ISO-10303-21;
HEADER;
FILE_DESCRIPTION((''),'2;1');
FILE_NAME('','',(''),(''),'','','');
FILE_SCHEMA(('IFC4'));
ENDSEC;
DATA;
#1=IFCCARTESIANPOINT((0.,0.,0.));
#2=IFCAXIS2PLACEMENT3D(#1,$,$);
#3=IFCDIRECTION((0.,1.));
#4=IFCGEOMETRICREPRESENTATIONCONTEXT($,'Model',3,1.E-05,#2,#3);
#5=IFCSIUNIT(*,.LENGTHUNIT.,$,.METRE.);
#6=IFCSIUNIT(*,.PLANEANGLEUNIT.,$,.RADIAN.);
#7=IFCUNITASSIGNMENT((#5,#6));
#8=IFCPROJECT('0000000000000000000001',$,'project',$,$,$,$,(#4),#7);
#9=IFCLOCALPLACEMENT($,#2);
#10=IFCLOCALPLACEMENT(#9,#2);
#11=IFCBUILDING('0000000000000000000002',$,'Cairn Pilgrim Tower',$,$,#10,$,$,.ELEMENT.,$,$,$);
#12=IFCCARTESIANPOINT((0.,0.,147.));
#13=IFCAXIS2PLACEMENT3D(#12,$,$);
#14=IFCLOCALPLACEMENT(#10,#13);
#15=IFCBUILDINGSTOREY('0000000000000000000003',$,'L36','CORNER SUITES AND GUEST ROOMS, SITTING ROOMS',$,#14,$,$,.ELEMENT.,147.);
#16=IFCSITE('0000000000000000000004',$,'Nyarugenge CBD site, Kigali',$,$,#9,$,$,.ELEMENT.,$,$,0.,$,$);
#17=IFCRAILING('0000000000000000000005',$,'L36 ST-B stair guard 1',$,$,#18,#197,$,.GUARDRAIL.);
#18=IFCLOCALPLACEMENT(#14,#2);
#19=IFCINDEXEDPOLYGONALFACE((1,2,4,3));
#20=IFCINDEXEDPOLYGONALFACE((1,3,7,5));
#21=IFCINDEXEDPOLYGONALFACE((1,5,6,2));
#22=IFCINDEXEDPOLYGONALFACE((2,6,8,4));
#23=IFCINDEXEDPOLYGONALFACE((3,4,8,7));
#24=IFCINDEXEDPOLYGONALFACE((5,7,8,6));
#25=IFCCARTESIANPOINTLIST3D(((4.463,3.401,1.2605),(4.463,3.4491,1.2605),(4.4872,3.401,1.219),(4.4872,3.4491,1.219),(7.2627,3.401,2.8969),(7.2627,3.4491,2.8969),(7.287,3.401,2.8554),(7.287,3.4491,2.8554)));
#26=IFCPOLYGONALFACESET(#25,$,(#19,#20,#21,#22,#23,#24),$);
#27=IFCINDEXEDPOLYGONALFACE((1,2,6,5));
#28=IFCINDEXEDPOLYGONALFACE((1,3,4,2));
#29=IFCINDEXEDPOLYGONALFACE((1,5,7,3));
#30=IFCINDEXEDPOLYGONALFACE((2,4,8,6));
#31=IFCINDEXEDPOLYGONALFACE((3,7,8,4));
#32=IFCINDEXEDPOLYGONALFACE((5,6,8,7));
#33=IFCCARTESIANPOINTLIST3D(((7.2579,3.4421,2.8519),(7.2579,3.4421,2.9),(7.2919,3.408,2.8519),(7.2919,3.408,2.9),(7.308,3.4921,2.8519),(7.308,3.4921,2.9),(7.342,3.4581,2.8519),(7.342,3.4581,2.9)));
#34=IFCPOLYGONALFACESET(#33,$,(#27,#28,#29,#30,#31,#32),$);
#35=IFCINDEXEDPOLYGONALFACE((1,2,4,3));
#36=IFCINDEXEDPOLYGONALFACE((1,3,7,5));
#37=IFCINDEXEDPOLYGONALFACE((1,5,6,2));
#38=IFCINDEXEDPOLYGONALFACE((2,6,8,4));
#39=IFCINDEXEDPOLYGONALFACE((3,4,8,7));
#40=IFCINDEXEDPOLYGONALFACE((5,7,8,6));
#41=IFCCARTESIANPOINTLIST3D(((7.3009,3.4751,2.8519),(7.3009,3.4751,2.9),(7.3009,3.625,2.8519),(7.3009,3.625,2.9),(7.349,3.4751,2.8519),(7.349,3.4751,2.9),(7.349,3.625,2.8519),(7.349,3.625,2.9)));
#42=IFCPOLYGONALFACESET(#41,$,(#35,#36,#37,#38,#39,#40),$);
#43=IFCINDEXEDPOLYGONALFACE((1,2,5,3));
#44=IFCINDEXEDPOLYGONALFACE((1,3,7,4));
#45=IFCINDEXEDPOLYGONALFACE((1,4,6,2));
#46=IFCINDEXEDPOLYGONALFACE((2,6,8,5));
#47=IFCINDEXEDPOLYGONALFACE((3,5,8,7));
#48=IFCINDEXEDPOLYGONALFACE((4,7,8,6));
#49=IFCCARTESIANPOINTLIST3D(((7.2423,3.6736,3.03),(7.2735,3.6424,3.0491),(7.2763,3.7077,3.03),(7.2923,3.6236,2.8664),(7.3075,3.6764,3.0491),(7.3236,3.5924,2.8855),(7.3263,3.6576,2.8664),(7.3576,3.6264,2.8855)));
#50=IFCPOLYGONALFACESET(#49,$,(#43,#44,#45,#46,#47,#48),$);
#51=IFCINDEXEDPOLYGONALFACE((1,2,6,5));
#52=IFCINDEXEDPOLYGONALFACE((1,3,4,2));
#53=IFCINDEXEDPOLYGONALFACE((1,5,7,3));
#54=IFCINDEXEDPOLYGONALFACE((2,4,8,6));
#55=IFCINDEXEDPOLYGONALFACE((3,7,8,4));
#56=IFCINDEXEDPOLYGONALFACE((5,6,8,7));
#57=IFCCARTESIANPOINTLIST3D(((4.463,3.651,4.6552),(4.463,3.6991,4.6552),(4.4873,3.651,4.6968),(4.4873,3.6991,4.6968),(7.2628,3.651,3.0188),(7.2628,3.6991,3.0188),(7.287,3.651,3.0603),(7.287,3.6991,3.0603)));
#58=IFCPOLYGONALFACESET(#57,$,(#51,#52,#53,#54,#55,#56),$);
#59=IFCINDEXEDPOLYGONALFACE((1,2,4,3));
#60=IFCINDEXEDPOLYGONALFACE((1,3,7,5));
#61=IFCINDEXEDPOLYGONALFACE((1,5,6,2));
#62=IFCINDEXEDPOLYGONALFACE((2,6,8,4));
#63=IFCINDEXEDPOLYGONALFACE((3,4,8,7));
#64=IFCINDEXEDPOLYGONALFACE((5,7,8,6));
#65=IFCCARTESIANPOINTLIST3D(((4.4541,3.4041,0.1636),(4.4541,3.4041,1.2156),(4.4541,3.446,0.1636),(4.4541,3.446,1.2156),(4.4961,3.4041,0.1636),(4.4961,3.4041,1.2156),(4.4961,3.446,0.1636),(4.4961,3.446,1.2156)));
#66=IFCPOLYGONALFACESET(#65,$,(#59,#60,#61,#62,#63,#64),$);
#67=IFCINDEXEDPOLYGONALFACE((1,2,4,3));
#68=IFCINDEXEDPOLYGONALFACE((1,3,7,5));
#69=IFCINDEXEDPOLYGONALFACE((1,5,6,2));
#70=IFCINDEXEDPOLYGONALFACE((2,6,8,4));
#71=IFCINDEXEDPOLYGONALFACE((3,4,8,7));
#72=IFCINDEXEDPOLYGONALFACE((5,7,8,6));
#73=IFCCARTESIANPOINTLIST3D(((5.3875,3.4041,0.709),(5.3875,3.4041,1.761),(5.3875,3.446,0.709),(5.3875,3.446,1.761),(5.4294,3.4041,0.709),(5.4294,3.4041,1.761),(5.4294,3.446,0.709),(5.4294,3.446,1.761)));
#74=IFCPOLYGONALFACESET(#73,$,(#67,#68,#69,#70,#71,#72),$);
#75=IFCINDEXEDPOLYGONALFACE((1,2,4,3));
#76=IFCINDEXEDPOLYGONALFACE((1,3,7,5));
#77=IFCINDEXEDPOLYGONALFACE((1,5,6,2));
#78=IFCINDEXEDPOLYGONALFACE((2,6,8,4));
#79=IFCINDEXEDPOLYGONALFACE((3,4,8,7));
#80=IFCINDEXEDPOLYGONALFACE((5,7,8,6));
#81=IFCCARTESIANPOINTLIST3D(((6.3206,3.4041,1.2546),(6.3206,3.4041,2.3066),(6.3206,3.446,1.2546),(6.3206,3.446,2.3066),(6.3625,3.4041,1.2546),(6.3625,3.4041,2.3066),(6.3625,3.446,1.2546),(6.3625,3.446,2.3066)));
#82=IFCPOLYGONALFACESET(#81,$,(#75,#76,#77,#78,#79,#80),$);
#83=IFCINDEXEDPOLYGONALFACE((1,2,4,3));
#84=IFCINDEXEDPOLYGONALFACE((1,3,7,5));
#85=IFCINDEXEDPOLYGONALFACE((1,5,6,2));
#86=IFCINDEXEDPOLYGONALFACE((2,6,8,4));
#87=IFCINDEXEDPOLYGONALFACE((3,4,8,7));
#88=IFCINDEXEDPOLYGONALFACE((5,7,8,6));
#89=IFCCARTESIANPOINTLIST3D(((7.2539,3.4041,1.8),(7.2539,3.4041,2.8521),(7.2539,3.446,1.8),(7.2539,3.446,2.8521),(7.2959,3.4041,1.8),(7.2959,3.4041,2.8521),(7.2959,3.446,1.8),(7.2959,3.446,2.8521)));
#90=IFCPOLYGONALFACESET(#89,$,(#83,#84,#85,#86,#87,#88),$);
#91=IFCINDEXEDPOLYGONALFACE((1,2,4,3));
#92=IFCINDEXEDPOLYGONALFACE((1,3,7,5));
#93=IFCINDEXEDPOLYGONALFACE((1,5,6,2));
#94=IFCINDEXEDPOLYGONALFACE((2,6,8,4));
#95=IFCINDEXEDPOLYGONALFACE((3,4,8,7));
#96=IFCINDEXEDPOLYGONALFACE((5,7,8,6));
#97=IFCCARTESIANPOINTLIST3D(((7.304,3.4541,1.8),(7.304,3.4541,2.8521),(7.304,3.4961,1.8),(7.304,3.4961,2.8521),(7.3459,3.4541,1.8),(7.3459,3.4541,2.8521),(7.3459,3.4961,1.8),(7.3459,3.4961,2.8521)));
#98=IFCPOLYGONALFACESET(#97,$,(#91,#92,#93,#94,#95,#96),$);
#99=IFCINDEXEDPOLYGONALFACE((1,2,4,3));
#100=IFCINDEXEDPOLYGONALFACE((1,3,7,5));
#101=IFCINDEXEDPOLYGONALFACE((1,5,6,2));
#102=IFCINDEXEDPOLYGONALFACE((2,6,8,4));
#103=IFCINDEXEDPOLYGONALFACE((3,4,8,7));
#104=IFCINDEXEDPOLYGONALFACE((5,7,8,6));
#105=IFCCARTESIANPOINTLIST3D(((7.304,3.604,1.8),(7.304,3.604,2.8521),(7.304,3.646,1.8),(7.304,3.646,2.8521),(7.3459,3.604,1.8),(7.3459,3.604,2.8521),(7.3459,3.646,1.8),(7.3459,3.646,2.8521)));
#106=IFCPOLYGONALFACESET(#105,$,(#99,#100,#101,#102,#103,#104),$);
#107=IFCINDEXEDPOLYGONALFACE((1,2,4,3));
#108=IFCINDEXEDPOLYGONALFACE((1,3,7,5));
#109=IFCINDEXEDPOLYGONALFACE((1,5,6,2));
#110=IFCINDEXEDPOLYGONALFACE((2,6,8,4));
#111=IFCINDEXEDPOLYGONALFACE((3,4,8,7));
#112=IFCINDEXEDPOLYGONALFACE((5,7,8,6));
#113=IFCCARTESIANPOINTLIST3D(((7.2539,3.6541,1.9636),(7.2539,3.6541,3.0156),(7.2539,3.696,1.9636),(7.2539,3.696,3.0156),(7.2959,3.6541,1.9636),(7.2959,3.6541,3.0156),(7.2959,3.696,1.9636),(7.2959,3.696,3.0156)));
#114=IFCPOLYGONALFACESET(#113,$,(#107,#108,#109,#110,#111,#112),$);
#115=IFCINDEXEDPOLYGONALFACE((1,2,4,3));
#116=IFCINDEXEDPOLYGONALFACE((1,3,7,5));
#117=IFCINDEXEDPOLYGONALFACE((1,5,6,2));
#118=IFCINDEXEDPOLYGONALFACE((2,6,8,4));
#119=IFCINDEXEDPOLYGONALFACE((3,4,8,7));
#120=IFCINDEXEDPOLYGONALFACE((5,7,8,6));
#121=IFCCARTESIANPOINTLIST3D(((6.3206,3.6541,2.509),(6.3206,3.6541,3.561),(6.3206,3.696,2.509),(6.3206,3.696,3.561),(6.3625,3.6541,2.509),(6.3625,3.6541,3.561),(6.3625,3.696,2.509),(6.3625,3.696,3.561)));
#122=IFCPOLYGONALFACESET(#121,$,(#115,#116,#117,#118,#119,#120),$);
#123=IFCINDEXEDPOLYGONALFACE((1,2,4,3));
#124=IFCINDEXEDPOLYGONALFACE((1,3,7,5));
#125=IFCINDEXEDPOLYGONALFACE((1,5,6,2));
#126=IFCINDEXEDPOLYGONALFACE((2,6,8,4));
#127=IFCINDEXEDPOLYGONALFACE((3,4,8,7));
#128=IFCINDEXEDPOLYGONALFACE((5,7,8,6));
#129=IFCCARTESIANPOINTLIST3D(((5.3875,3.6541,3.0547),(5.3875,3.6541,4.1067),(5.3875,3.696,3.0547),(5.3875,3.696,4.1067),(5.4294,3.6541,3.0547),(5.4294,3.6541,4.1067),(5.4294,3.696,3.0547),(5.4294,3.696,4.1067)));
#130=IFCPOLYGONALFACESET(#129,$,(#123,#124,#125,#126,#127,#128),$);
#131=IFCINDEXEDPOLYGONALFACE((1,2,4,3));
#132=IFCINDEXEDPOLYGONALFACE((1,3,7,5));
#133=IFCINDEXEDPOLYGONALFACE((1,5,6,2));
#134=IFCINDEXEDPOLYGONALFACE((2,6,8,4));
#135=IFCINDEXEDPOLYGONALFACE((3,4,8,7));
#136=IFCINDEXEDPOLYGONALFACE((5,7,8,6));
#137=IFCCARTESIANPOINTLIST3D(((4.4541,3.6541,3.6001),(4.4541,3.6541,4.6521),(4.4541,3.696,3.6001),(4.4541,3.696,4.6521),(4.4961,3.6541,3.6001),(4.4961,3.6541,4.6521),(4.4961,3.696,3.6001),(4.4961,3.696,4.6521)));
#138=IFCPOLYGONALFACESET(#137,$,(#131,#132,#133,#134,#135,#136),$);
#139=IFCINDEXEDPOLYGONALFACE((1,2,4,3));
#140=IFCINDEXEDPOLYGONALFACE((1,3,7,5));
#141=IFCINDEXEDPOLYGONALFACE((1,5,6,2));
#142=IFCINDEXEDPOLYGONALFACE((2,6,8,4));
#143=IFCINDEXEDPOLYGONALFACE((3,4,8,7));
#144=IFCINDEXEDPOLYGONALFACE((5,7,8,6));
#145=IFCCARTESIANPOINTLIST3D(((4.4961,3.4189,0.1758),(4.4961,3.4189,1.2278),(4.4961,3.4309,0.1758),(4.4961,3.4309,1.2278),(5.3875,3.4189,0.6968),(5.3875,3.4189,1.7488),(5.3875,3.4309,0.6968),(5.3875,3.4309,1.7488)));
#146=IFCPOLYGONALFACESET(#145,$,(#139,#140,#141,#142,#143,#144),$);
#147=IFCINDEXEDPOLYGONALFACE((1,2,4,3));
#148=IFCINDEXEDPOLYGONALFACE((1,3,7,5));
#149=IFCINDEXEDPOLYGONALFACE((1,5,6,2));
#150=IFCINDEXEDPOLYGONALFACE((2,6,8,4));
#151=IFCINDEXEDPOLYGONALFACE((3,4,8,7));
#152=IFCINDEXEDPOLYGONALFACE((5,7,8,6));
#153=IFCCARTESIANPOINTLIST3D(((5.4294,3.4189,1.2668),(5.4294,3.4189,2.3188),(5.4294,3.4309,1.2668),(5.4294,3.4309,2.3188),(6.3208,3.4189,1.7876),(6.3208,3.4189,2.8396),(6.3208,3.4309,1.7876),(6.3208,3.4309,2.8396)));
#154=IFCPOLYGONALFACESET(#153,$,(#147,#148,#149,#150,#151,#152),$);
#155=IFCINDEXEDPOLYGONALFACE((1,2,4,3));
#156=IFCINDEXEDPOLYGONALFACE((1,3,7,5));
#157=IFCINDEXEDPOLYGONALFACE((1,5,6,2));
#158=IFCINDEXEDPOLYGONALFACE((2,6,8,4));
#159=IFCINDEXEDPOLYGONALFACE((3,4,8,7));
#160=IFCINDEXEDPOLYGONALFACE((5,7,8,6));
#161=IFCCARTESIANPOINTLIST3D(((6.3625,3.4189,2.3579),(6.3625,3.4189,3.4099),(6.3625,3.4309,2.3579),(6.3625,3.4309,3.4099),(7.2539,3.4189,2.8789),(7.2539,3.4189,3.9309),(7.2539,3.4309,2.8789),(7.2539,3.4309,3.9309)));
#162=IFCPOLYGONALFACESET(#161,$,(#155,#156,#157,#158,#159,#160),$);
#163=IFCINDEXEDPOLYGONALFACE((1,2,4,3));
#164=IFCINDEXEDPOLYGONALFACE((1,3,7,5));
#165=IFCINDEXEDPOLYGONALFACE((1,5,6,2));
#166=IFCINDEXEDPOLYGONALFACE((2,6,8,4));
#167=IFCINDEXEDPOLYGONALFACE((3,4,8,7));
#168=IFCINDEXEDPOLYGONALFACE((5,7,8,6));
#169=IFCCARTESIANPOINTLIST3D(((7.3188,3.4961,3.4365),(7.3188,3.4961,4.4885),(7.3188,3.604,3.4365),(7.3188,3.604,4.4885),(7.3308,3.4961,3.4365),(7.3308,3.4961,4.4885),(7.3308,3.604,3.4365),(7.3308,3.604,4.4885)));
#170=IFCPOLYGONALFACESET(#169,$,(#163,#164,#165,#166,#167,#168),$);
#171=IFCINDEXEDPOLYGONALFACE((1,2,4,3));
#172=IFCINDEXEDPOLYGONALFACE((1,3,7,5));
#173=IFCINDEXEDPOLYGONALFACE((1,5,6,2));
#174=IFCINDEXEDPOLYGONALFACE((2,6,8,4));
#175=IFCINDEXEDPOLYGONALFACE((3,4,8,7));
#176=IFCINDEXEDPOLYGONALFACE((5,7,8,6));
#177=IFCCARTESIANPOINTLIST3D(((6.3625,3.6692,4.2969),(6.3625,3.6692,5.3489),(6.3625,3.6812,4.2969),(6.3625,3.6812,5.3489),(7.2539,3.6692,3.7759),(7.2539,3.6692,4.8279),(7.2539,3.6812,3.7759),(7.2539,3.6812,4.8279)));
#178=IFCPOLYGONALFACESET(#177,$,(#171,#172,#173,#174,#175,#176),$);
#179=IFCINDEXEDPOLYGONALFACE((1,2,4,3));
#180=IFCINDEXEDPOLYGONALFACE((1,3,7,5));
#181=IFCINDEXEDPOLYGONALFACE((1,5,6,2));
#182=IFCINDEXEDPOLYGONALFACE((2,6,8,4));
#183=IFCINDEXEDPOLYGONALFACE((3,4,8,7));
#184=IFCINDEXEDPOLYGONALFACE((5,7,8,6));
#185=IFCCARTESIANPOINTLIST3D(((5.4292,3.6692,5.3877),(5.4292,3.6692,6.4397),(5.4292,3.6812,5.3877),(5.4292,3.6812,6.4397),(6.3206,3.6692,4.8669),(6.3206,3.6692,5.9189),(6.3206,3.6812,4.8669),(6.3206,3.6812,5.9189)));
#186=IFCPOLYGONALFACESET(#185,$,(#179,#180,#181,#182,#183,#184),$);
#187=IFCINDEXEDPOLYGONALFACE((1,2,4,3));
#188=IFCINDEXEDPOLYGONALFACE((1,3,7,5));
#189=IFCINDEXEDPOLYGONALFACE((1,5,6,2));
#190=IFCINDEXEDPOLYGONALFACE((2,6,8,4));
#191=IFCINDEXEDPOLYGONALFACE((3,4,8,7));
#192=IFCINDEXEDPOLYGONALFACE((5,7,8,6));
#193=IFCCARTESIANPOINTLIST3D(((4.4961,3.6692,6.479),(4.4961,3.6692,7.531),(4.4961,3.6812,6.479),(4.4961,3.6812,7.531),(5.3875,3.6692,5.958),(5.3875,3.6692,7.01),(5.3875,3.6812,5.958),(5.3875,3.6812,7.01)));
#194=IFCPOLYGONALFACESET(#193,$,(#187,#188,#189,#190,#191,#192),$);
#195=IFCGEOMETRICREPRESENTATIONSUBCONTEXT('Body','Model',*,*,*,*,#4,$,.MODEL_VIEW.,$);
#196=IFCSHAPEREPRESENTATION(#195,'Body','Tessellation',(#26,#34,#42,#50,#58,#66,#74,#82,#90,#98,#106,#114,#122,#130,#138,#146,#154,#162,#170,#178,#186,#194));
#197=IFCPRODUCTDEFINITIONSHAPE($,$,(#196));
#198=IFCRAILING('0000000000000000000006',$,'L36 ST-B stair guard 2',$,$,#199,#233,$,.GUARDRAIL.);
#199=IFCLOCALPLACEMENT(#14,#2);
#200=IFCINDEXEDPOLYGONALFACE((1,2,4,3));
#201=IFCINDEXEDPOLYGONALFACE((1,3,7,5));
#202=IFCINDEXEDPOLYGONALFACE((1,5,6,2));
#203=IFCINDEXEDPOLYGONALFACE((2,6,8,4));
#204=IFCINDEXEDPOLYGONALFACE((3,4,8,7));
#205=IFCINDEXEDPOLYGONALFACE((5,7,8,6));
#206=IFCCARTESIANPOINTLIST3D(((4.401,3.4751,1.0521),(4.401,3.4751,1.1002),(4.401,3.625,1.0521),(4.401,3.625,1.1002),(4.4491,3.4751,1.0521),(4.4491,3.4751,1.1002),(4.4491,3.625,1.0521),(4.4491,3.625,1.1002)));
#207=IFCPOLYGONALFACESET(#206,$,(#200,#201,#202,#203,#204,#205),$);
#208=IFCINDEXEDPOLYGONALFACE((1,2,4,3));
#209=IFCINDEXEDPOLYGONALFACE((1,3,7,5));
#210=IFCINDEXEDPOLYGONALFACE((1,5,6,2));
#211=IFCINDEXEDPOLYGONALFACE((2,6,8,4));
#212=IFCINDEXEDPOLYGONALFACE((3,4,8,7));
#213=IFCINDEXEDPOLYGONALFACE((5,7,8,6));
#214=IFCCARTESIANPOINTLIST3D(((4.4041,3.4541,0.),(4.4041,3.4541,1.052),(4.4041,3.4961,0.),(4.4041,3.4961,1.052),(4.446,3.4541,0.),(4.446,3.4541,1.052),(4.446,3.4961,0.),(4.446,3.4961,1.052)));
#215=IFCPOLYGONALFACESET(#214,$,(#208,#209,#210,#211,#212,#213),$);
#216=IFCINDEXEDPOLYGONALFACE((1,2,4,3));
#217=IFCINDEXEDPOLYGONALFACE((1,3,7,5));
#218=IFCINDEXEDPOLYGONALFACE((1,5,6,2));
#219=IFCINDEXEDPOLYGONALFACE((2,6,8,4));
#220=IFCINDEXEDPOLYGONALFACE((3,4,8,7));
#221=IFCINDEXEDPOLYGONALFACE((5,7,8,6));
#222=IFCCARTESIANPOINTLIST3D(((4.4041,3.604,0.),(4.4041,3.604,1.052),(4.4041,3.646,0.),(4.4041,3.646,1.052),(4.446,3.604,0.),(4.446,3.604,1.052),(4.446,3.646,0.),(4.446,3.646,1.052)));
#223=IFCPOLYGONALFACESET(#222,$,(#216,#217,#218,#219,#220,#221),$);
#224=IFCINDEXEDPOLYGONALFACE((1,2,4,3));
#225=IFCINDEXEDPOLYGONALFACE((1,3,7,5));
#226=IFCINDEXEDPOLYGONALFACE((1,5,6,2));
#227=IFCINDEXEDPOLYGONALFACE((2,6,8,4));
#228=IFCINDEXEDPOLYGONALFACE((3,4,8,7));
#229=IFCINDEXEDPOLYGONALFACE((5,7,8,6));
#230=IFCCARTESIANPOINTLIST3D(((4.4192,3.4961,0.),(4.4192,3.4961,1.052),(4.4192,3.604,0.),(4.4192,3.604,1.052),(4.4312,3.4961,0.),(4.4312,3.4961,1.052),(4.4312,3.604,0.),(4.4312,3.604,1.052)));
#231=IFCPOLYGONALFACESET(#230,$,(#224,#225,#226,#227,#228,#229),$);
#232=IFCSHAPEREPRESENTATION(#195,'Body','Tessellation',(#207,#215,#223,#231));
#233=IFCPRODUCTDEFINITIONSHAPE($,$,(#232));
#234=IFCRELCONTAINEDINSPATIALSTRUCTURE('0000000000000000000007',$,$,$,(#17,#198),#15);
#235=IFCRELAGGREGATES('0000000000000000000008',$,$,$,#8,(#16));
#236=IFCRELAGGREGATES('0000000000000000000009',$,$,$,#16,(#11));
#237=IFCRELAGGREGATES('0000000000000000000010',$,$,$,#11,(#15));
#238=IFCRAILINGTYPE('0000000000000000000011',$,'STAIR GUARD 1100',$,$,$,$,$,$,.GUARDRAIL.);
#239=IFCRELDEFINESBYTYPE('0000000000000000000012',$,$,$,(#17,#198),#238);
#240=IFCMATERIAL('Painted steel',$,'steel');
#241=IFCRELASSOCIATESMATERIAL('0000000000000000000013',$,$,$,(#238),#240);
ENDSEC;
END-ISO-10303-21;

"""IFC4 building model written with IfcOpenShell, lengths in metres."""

from ifc_helpers import new_model, si_unit, direction, frame, origin, origin_2d, place, context, subcontext, project, spatial, polyline, rectangle, outline, extrude, material, type_object, element, save


model = new_model("IFC4")

# Units and contexts
model_context = context("Model", 3, precision=1e-05, world=origin(), true_north=direction((0.0, 1.0)))
body_context = subcontext(model_context, "Body", "Model", "MODEL_VIEW")
ifc_project = project(units=[si_unit("LENGTHUNIT", "METRE"), si_unit("PLANEANGLEUNIT", "RADIAN")], contexts=[model_context])

# Site, building, storey
site_placement = place(None, origin())
site = spatial("IfcSite", under=ifc_project, at=site_placement, Name="Nyarugenge CBD site, Kigali", CompositionType="ELEMENT", RefElevation=0.0)
building_placement = place(site_placement, origin())
building = spatial("IfcBuilding", under=site, at=building_placement, Name="Cairn Pilgrim Tower", CompositionType="ELEMENT")
storey_placement = place(building_placement, frame((0.0, 0.0, 147.0)))
storey = spatial("IfcBuildingStorey", under=building, at=storey_placement, Name="L36", Description="CORNER SUITES AND GUEST ROOMS, SITTING ROOMS", CompositionType="ELEMENT", Elevation=147.0)

# Shared definitions
ifc_material_1 = material(Name="Painted steel", Category="steel")

# Railings
railing_type = type_object("IfcRailingType", Name="STAIR GUARD 1100", PredefinedType="GUARDRAIL", material=ifc_material_1)
railing_1_placement = place(storey_placement, frame((4.4751, 3.425, 0.1636)))
element("IfcRailing", 1, at=railing_1_placement, inside=storey, type_object=railing_type, Name="L36 ST-B stair guard 1", PredefinedType="GUARDRAIL", context=body_context, shape_type="SweptSolid", body=[
    extrude(rectangle(XDim=0.0481, YDim=0.0481, at=origin_2d()), frame((0.0, 0.0, 1.0762), z_axis=(0.863342, 0.0, 0.50462), x_axis=(0.0, 1.0, 0.0)), (0.0, 0.0, 1.0), 3.2429),
    extrude(rectangle(XDim=0.0481, YDim=0.0481, at=origin_2d()), frame((2.7998, 0.0, 2.7124), z_axis=(0.707107, 0.707107, 0.0), x_axis=(-0.707107, 0.707107, 0.0)), (0.0, 0.0, 1.0), 0.0708),
    extrude(rectangle(XDim=0.0481, YDim=0.0481, at=origin_2d()), frame((2.8499, 0.05, 2.7124), z_axis=(0.0, 1.0, 0.0), x_axis=(-1.0, 0.0, 0.0)), (0.0, 0.0, 1.0), 0.1499),
    extrude(rectangle(XDim=0.0481, YDim=0.0481, at=origin_2d()), frame((2.8499, 0.2, 2.7124), z_axis=(-0.280809, 0.280809, 0.917765), x_axis=(-0.707107, -0.707107, 0.0)), (0.0, 0.0, 1.0), 0.1782),
    extrude(rectangle(XDim=0.0481, YDim=0.0481, at=origin_2d()), frame((2.7998, 0.25, 2.876), z_axis=(-0.863342, 0.0, 0.50462), x_axis=(0.0, -1.0, 0.0)), (0.0, 0.0, 1.0), 3.2429),
    extrude(rectangle(XDim=0.042, YDim=0.042, at=origin_2d()), origin(), (0.0, 0.0, 1.0), 1.052),
    extrude(rectangle(XDim=0.042, YDim=0.042, at=origin_2d()), frame((0.9333, 0.0, 0.5454)), (0.0, 0.0, 1.0), 1.052),
    extrude(rectangle(XDim=0.042, YDim=0.042, at=origin_2d()), frame((1.8665, 0.0, 1.0911)), (0.0, 0.0, 1.0), 1.052),
    extrude(rectangle(XDim=0.042, YDim=0.042, at=origin_2d()), frame((2.7998, 0.0, 1.6365)), (0.0, 0.0, 1.0), 1.052),
    extrude(rectangle(XDim=0.042, YDim=0.042, at=origin_2d()), frame((2.8499, 0.05, 1.6365)), (0.0, 0.0, 1.0), 1.052),
    extrude(rectangle(XDim=0.042, YDim=0.042, at=origin_2d()), frame((2.8499, 0.2, 1.6365)), (0.0, 0.0, 1.0), 1.052),
    extrude(rectangle(XDim=0.042, YDim=0.042, at=origin_2d()), frame((2.7998, 0.25, 1.8)), (0.0, 0.0, 1.0), 1.052),
    extrude(rectangle(XDim=0.042, YDim=0.042, at=origin_2d()), frame((1.8665, 0.25, 2.3455)), (0.0, 0.0, 1.0), 1.052),
    extrude(rectangle(XDim=0.042, YDim=0.042, at=origin_2d()), frame((0.9333, 0.25, 2.8911)), (0.0, 0.0, 1.0), 1.052),
    extrude(rectangle(XDim=0.042, YDim=0.042, at=origin_2d()), frame((0.0, 0.25, 3.4365)), (0.0, 0.0, 1.0), 1.052),
    extrude(outline(polyline([(0.021, 0.0122), (0.9124, 0.5332), (0.9124, 1.5852), (0.021, 1.0642), (0.021, 0.0122)])), frame((0.0, 0.0059, 0.0), z_axis=(0.0, -1.0, 0.0), x_axis=(1.0, 0.0, 0.0)), (0.0, 0.0, 1.0), 0.012),
    extrude(outline(polyline([(0.021, 0.5579), (0.9124, 1.0786), (0.9124, 2.1306), (0.021, 1.6099), (0.021, 0.5579)])), frame((0.9333, 0.0059, 0.5454), z_axis=(0.0, -1.0, 0.0), x_axis=(1.0, 0.0, 0.0)), (0.0, 0.0, 1.0), 0.012),
    extrude(outline(polyline([(0.021, 1.1033), (0.9124, 1.6243), (0.9124, 2.6763), (0.021, 2.1553), (0.021, 1.1033)])), frame((1.8665, 0.0059, 1.0911), z_axis=(0.0, -1.0, 0.0), x_axis=(1.0, 0.0, 0.0)), (0.0, 0.0, 1.0), 0.012),
    extrude(outline(polyline([(0.021, 1.6365), (0.1289, 1.6365), (0.1289, 2.6885), (0.021, 2.6885), (0.021, 1.6365)])), frame((2.8438, 0.05, 1.6365), z_axis=(1.0, 0.0, 0.0), x_axis=(0.0, 1.0, 0.0)), (0.0, 0.0, 1.0), 0.012),
    extrude(outline(polyline([(0.021, 1.8123), (0.9124, 2.3333), (0.9124, 3.3853), (0.021, 2.8643), (0.021, 1.8123)])), frame((2.7998, 0.2441, 1.8), z_axis=(0.0, 1.0, 0.0), x_axis=(-1.0, 0.0, 0.0)), (0.0, 0.0, 1.0), 0.012),
    extrude(outline(polyline([(0.021, 2.3579), (0.9124, 2.8787), (0.9124, 3.9307), (0.021, 3.4099), (0.021, 2.3579)])), frame((1.8665, 0.2441, 2.3455), z_axis=(0.0, 1.0, 0.0), x_axis=(-1.0, 0.0, 0.0)), (0.0, 0.0, 1.0), 0.012),
    extrude(outline(polyline([(0.021, 2.9033), (0.9124, 3.4243), (0.9124, 4.4763), (0.021, 3.9553), (0.021, 2.9033)])), frame((0.9333, 0.2441, 2.8911), z_axis=(0.0, 1.0, 0.0), x_axis=(-1.0, 0.0, 0.0)), (0.0, 0.0, 1.0), 0.012),
])
railing_2_placement = place(storey_placement, frame((4.425, 3.4751, 0.0)))
element("IfcRailing", 2, at=railing_2_placement, inside=storey, type_object=railing_type, Name="L36 ST-B stair guard 2", PredefinedType="GUARDRAIL", context=body_context, shape_type="SweptSolid", body=[
    extrude(rectangle(XDim=0.0481, YDim=0.0481, at=origin_2d()), frame((0.0, 0.0, 1.0762), z_axis=(0.0, 1.0, 0.0), x_axis=(-1.0, 0.0, 0.0)), (0.0, 0.0, 1.0), 0.1499),
    extrude(rectangle(XDim=0.042, YDim=0.042, at=origin_2d()), origin(), (0.0, 0.0, 1.0), 1.052),
    extrude(rectangle(XDim=0.042, YDim=0.042, at=origin_2d()), frame((0.0, 0.1499, 0.0)), (0.0, 0.0, 1.0), 1.052),
    extrude(outline(polyline([(0.021, 0.0), (0.1289, 0.0), (0.1289, 1.052), (0.021, 1.052), (0.021, 0.0)])), frame((-0.0059, 0.0, 0.0), z_axis=(1.0, 0.0, 0.0), x_axis=(0.0, 1.0, 0.0)), (0.0, 0.0, 1.0), 0.012),
])

save(model, "model.ifc")
